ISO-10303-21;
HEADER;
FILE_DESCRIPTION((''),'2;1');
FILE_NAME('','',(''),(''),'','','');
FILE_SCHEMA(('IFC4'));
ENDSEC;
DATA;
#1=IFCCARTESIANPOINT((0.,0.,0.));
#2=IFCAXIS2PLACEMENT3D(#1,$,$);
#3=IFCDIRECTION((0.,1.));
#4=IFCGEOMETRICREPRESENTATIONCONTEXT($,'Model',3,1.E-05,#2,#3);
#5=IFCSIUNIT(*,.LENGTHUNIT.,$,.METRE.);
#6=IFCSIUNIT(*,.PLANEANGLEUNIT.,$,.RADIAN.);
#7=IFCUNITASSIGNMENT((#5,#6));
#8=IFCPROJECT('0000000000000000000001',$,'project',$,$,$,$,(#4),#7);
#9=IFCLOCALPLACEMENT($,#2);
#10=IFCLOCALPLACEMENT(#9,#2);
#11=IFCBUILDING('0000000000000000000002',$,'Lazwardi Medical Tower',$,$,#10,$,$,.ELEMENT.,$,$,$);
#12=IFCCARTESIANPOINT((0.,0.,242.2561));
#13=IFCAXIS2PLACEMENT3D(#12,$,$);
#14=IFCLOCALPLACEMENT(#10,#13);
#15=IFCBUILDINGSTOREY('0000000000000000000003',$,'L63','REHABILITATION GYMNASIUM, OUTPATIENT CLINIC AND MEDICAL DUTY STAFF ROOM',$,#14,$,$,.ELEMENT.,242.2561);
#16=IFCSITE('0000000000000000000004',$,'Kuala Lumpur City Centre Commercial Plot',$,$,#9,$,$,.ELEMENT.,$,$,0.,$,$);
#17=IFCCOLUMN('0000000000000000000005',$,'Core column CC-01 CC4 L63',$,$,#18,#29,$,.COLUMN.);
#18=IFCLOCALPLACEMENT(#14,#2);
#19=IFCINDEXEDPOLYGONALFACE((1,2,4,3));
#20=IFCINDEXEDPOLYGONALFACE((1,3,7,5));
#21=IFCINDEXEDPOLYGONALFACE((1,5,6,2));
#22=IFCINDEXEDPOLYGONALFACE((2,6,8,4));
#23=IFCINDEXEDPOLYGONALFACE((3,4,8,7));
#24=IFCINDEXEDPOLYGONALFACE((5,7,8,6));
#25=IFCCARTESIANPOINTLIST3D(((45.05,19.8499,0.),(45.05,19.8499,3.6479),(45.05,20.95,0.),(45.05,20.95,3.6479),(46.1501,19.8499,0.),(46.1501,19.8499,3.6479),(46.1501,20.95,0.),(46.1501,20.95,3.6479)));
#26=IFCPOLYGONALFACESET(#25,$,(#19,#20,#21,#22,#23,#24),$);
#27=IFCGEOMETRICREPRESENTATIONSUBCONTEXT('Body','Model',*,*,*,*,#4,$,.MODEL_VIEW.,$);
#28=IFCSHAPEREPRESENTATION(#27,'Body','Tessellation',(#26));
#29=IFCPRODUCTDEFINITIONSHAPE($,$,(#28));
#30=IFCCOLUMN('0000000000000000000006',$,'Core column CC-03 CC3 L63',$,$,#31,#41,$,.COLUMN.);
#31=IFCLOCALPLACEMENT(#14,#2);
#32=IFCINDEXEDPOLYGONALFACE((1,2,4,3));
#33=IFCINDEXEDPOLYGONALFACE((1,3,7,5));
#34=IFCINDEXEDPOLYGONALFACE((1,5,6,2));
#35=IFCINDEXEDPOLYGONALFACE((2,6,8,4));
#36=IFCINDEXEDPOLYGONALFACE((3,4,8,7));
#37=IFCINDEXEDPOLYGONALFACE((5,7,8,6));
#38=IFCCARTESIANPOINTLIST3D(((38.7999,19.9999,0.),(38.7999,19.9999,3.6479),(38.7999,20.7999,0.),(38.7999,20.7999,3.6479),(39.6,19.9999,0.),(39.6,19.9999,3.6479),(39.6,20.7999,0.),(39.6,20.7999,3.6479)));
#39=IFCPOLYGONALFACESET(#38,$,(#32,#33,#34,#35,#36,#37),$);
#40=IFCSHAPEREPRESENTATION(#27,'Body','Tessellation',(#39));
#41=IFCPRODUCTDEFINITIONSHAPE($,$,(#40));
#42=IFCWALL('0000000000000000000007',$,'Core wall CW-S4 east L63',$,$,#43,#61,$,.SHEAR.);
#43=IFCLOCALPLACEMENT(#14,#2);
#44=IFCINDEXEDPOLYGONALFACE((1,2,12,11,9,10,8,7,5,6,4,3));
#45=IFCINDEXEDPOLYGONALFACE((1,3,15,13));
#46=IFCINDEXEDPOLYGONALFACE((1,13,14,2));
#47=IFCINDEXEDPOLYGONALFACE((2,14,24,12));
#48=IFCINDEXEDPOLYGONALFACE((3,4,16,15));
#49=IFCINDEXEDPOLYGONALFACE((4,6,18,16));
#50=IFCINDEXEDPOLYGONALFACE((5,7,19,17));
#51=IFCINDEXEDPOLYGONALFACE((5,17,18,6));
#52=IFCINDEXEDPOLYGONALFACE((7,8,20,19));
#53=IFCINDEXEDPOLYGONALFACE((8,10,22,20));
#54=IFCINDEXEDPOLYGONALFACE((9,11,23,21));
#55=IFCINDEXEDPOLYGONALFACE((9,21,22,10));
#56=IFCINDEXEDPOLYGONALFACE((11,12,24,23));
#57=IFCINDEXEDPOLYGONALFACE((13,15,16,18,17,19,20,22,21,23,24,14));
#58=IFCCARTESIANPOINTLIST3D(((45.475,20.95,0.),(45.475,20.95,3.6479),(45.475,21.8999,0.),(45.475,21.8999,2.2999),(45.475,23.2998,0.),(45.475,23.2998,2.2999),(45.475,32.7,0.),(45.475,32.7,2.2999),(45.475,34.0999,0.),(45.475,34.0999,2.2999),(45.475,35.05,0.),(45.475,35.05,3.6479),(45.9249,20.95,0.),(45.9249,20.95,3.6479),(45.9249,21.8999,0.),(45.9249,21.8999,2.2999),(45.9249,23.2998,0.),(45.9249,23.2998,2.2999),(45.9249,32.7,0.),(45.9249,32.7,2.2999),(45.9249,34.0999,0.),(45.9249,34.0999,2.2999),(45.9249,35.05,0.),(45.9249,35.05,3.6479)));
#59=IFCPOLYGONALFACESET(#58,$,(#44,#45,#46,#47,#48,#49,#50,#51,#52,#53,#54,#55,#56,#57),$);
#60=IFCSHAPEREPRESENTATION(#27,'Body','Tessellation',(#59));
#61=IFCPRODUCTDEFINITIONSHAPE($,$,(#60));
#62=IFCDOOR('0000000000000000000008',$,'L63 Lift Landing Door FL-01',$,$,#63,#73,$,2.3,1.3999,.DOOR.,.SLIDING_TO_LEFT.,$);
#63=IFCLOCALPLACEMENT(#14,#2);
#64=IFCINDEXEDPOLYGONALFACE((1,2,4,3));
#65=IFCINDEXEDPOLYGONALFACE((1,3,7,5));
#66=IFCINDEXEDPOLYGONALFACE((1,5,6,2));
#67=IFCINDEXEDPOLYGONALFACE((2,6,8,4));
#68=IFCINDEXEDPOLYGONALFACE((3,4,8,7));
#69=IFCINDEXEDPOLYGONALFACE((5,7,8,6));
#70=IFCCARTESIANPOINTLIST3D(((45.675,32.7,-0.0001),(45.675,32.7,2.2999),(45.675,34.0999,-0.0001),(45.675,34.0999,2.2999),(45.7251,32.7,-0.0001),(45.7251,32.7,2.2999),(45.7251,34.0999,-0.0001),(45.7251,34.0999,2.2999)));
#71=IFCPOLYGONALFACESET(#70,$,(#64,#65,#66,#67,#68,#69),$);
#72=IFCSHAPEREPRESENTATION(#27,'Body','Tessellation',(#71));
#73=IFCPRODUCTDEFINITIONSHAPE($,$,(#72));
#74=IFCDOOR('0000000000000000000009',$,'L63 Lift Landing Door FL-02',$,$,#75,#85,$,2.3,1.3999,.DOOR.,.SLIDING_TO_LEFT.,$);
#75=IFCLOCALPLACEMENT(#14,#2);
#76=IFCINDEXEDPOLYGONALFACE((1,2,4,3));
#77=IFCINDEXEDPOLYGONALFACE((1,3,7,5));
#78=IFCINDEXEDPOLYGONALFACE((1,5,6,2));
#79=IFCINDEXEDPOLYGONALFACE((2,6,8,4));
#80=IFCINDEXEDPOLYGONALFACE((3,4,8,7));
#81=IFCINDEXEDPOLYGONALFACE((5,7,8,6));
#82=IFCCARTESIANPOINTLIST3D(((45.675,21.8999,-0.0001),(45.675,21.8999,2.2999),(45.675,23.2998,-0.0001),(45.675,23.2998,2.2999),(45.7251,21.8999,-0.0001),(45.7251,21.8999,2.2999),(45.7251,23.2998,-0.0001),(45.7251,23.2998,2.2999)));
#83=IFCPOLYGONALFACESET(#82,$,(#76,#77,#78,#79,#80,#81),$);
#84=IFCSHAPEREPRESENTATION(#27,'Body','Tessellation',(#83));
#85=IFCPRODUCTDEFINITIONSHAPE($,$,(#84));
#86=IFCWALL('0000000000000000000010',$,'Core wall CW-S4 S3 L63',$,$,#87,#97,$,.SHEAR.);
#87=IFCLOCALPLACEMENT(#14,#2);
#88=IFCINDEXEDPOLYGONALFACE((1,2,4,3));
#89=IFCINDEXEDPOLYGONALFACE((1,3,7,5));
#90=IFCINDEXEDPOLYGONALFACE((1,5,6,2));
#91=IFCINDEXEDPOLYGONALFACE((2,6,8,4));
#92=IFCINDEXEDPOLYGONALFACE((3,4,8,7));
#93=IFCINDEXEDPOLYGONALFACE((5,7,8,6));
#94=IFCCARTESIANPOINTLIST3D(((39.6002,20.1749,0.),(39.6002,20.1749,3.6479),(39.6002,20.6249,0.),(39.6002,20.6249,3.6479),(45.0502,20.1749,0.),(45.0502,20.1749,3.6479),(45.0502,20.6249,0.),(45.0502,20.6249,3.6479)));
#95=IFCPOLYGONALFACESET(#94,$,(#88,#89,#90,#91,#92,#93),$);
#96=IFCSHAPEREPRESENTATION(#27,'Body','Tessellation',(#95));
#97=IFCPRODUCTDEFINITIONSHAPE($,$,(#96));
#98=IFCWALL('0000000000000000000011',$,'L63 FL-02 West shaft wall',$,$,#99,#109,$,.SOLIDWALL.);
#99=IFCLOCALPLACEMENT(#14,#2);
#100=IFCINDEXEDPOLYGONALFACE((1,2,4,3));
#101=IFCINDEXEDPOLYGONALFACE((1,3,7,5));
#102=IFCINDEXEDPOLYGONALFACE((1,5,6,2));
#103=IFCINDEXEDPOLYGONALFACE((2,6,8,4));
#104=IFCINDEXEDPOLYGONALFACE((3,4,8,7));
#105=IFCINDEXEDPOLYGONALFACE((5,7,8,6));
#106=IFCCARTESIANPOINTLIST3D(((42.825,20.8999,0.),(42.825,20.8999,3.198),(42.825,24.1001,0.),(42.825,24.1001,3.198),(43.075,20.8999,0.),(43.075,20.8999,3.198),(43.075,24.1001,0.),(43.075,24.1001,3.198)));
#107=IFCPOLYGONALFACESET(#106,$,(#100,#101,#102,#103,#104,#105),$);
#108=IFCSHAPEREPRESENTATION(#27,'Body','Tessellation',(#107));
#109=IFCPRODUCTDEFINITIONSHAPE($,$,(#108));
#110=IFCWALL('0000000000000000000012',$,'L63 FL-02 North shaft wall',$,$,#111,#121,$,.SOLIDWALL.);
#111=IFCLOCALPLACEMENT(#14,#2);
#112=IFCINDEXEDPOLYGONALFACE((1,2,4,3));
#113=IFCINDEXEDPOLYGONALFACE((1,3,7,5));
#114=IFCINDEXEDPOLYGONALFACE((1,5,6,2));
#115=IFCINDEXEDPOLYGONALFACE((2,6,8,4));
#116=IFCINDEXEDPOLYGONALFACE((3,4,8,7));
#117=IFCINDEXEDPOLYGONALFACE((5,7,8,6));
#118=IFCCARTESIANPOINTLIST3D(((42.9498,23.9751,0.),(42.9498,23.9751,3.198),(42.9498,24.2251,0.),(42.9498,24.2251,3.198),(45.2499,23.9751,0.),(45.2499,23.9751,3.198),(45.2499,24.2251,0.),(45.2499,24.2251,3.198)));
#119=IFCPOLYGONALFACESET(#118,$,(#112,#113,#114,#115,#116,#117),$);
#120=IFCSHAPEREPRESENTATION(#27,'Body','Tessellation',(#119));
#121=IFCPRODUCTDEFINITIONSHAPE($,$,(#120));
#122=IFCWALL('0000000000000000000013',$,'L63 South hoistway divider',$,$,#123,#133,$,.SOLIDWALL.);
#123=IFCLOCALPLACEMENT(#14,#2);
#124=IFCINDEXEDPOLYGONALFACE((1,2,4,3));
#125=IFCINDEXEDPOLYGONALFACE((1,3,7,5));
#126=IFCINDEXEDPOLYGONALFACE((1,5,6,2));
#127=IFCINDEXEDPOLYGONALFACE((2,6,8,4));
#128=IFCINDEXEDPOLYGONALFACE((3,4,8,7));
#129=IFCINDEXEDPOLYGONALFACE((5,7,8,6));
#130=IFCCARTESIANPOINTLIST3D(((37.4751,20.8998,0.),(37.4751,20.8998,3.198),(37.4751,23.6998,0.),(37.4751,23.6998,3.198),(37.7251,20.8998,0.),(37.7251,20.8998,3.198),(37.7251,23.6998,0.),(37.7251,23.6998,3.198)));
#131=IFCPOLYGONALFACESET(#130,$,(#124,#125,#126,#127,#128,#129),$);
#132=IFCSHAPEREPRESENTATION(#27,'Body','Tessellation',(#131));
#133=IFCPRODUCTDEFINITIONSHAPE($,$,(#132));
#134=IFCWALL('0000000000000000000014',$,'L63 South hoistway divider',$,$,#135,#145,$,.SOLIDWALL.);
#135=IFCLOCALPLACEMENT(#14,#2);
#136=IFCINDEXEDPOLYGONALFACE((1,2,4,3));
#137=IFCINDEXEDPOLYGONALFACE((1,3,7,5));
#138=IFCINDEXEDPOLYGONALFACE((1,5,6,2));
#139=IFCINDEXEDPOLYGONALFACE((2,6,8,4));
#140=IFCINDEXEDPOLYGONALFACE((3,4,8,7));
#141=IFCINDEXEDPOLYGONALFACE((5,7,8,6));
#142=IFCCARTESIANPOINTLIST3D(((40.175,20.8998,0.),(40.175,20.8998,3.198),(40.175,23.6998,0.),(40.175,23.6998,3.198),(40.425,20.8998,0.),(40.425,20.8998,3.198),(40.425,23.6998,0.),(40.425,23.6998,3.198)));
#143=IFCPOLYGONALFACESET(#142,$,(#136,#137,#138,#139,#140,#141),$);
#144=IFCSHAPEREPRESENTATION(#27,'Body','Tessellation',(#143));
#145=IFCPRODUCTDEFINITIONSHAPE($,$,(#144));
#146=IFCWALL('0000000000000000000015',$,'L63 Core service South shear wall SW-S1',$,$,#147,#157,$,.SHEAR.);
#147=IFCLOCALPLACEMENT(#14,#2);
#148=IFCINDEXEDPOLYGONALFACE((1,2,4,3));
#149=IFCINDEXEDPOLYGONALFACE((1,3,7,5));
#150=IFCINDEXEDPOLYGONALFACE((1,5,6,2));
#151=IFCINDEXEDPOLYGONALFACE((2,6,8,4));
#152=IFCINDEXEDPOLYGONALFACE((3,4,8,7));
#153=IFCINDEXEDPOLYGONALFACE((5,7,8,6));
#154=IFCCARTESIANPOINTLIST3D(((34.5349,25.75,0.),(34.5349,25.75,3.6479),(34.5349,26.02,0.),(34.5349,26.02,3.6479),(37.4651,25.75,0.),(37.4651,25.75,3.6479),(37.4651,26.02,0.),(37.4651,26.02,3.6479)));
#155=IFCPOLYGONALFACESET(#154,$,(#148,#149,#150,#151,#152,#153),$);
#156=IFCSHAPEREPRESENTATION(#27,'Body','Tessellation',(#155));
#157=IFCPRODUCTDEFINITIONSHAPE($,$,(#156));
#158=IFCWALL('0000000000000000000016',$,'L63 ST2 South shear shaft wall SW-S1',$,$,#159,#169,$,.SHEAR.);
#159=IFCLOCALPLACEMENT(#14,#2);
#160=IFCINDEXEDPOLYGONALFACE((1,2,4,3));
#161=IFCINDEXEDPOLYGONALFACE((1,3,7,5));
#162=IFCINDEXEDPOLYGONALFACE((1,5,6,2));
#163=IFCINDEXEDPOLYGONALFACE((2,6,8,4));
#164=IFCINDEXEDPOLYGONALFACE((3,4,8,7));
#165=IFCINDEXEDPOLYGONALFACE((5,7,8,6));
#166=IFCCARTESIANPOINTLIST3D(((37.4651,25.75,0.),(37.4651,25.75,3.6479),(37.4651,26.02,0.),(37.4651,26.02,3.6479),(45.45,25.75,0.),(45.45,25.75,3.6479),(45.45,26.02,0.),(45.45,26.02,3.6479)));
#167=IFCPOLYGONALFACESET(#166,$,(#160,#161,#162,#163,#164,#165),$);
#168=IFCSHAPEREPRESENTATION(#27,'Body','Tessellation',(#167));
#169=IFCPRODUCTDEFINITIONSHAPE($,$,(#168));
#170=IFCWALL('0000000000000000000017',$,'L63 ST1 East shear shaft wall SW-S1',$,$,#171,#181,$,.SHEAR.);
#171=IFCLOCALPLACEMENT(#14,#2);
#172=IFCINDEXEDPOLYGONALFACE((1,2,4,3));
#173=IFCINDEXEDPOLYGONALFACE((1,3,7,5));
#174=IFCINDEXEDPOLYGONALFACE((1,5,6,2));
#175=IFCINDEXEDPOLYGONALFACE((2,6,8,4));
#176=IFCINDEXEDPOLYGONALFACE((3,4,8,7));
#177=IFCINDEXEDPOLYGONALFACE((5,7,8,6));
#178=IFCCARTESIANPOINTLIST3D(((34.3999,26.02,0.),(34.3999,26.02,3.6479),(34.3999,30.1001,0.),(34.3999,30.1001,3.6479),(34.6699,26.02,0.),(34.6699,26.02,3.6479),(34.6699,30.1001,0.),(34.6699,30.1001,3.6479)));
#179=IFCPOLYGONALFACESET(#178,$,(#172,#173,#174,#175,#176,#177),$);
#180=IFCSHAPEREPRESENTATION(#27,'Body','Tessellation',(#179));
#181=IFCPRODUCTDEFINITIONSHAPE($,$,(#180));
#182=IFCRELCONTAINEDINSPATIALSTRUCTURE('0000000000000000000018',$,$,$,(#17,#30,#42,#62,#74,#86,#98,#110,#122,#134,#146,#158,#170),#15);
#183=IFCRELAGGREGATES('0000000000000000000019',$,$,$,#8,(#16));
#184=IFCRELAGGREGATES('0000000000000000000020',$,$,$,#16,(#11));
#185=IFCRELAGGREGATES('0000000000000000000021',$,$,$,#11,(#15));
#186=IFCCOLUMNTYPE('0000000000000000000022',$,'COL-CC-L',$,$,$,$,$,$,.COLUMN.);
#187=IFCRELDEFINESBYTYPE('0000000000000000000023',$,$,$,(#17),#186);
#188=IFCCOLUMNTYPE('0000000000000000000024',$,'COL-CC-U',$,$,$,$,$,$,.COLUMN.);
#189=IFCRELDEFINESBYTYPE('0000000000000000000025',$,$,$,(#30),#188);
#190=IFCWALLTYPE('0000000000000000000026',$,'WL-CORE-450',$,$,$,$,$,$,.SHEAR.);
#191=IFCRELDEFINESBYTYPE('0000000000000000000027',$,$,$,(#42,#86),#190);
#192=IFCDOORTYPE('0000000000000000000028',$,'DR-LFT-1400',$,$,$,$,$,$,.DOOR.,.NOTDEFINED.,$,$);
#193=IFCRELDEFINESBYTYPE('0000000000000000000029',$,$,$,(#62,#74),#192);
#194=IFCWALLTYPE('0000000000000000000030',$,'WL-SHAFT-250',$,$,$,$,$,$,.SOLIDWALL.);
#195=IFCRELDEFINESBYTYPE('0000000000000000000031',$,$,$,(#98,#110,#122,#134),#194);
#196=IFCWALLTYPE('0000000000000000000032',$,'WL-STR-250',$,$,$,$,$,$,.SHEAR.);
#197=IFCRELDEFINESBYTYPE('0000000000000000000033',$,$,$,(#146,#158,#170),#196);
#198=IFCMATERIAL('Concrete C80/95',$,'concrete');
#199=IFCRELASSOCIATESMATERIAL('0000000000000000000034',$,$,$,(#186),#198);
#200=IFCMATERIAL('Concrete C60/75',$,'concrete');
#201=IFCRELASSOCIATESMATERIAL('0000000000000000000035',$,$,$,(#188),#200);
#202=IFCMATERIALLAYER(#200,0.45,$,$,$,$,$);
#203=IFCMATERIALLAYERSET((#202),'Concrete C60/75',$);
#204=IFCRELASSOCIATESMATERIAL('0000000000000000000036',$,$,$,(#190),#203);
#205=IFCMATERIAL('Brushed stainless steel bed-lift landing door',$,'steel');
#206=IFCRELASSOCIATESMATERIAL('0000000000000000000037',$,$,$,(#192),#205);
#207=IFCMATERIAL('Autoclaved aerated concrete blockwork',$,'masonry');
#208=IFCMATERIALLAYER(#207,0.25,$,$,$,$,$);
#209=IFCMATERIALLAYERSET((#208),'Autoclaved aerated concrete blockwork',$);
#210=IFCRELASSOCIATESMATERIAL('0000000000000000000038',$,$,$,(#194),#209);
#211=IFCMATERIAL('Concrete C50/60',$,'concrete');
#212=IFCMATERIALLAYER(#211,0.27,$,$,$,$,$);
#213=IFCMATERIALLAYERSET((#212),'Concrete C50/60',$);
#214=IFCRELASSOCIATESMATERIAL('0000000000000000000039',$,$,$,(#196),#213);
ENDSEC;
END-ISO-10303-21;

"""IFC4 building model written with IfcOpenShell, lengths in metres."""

from ifc_helpers import new_model, si_unit, direction, frame, frame_2d, origin, origin_2d, place, context, subcontext, project, spatial, rectangle, extrude, material, layer, layer_set, material_profile, profile_set, type_object, element, fill, save


model = new_model("IFC4")

# Units and contexts
model_context = context("Model", 3, precision=1e-05, world=origin(), true_north=direction((0.0, 1.0)))
body_context = subcontext(model_context, "Body", "Model", "MODEL_VIEW")
ifc_project = project(units=[si_unit("LENGTHUNIT", "METRE"), si_unit("PLANEANGLEUNIT", "RADIAN")], contexts=[model_context])

# Site, building, storey
site_placement = place(None, origin())
site = spatial("IfcSite", under=ifc_project, at=site_placement, Name="Kuala Lumpur City Centre Commercial Plot", CompositionType="ELEMENT", RefElevation=0.0)
building_placement = place(site_placement, origin())
building = spatial("IfcBuilding", under=site, at=building_placement, Name="Lazwardi Medical Tower", CompositionType="ELEMENT")
storey_placement = place(building_placement, frame((0.0, 0.0, 242.2561)))
storey = spatial("IfcBuildingStorey", under=building, at=storey_placement, Name="L63", Description="REHABILITATION GYMNASIUM, OUTPATIENT CLINIC AND MEDICAL DUTY STAFF ROOM", CompositionType="ELEMENT", Elevation=242.2561)

# Columns
ifc_material_1 = material(Name="Concrete C80/95", Category="concrete")
ifc_material_profile_1 = material_profile(ifc_material_1, rectangle(XDim=1.1001, YDim=1.1001, at=origin_2d()), Name="RC 1100x1100")
ifc_profile_set_1 = profile_set([ifc_material_profile_1], Name="Concrete C80/95")
column_type_1 = type_object("IfcColumnType", Name="COL-CC-L", PredefinedType="COLUMN", material=ifc_profile_set_1)
column_1_placement = place(storey_placement, frame((45.6001, 20.3999, 0.0), z_axis=(0.0, 0.0, 1.0), x_axis=(1.0, 0.0, 0.0)))
element("IfcColumn", 1, at=column_1_placement, inside=storey, type_object=column_type_1, Name="Core column CC-01 CC4 L63", PredefinedType="COLUMN", context=body_context, shape_type="SweptSolid", body=[
    extrude(rectangle(XDim=1.1001, YDim=1.1001, at=origin_2d()), origin(), (0.0, 0.0, 1.0), 3.6479),
])
ifc_material_2 = material(Name="Concrete C60/75", Category="concrete")
ifc_material_profile_2 = material_profile(ifc_material_2, rectangle(XDim=0.8, YDim=0.8, at=origin_2d()), Name="RC 800x800")
ifc_profile_set_2 = profile_set([ifc_material_profile_2], Name="Concrete C60/75")
column_type_2 = type_object("IfcColumnType", Name="COL-CC-U", PredefinedType="COLUMN", material=ifc_profile_set_2)
column_2_placement = place(storey_placement, frame((39.2, 20.3999, 0.0), z_axis=(0.0, 0.0, 1.0), x_axis=(1.0, 0.0, 0.0)))
element("IfcColumn", 2, at=column_2_placement, inside=storey, type_object=column_type_2, Name="Core column CC-03 CC3 L63", PredefinedType="COLUMN", context=body_context, shape_type="SweptSolid", body=[
    extrude(rectangle(XDim=0.8, YDim=0.8, at=origin_2d()), origin(), (0.0, 0.0, 1.0), 3.6479),
])

# Wall, openings, doors
ifc_layer_1 = layer(ifc_material_2, 0.45)
ifc_layer_set_1 = layer_set([ifc_layer_1], Name="Concrete C60/75")
wall_type_1 = type_object("IfcWallType", Name="WL-CORE-450", PredefinedType="SHEAR", material=ifc_layer_set_1)
wall_1_placement = place(storey_placement, frame((45.7, 20.95, 0.0), z_axis=(0.0, 0.0, 1.0), x_axis=(0.0, 1.0, 0.0)))
wall_1 = element("IfcWall", 3, at=wall_1_placement, inside=storey, type_object=wall_type_1, Name="Core wall CW-S4 east L63", PredefinedType="SHEAR", context=body_context, shape_type="SweptSolid", body=[
    extrude(rectangle(XDim=14.1001, YDim=0.45, at=frame_2d((7.05, 0.0))), origin(), (0.0, 0.0, 1.0), 3.6479),
])
opening_1_placement = place(wall_1_placement, frame((11.75, 0.0, 0.0)))
opening_1 = element("IfcOpeningElement", 4, at=opening_1_placement, cuts=wall_1, PredefinedType="OPENING", context=body_context, shape_type="SweptSolid", body=[
    extrude(rectangle(XDim=1.3999, YDim=2.3, at=frame_2d((0.7, 1.1499))), frame((0.0, 0.2349, 0.0), z_axis=(0.0, -1.0, 0.0), x_axis=(1.0, 0.0, 0.0)), (0.0, 0.0, 1.0), 0.47),
])
opening_2_placement = place(wall_1_placement, frame((0.95, 0.0, 0.0)))
opening_2 = element("IfcOpeningElement", 5, at=opening_2_placement, cuts=wall_1, PredefinedType="OPENING", context=body_context, shape_type="SweptSolid", body=[
    extrude(rectangle(XDim=1.3999, YDim=2.3, at=frame_2d((0.7, 1.1499))), frame((0.0, 0.2349, 0.0), z_axis=(0.0, -1.0, 0.0), x_axis=(1.0, 0.0, 0.0)), (0.0, 0.0, 1.0), 0.47),
])
ifc_material_3 = material(Name="Brushed stainless steel bed-lift landing door", Category="steel")
door_type = type_object("IfcDoorType", Name="DR-LFT-1400", OperationType="NOTDEFINED", PredefinedType="DOOR", material=ifc_material_3)
door_1_placement = place(opening_1_placement, origin())
door_1 = element("IfcDoor", 6, at=door_1_placement, inside=storey, type_object=door_type, Name="L63 Lift Landing Door FL-01", OperationType="SLIDING_TO_LEFT", OverallHeight=2.3, OverallWidth=1.3999, PredefinedType="DOOR", context=body_context, shape_type="SweptSolid", body=[
    extrude(rectangle(XDim=1.3999, YDim=2.3, at=frame_2d((0.7, 1.1499))), frame((0.0, 0.0249, 0.0), z_axis=(0.0, -1.0, 0.0), x_axis=(1.0, 0.0, 0.0)), (0.0, 0.0, 1.0), 0.05),
])
fill(opening_1, door_1)
door_2_placement = place(opening_2_placement, origin())
door_2 = element("IfcDoor", 7, at=door_2_placement, inside=storey, type_object=door_type, Name="L63 Lift Landing Door FL-02", OperationType="SLIDING_TO_LEFT", OverallHeight=2.3, OverallWidth=1.3999, PredefinedType="DOOR", context=body_context, shape_type="SweptSolid", body=[
    extrude(rectangle(XDim=1.3999, YDim=2.3, at=frame_2d((0.7, 1.1499))), frame((0.0, 0.0249, 0.0), z_axis=(0.0, -1.0, 0.0), x_axis=(1.0, 0.0, 0.0)), (0.0, 0.0, 1.0), 0.05),
])
fill(opening_2, door_2)

# Walls
wall_2_placement = place(storey_placement, frame((39.6001, 20.3999, 0.0), z_axis=(0.0, 0.0, 1.0), x_axis=(1.0, 0.0, 0.0)))
element("IfcWall", 8, at=wall_2_placement, inside=storey, type_object=wall_type_1, Name="Core wall CW-S4 S3 L63", PredefinedType="SHEAR", context=body_context, shape_type="SweptSolid", body=[
    extrude(rectangle(XDim=5.45, YDim=0.45, at=frame_2d((2.7251, 0.0))), origin(), (0.0, 0.0, 1.0), 3.6479),
])
ifc_material_4 = material(Name="Autoclaved aerated concrete blockwork", Category="masonry")
ifc_layer_2 = layer(ifc_material_4, 0.25)
ifc_layer_set_2 = layer_set([ifc_layer_2], Name="Autoclaved aerated concrete blockwork")
wall_type_2 = type_object("IfcWallType", Name="WL-SHAFT-250", PredefinedType="SOLIDWALL", material=ifc_layer_set_2)
wall_3_placement = place(storey_placement, frame((42.95, 20.8999, 0.0), z_axis=(0.0, 0.0, 1.0), x_axis=(0.0, 1.0, 0.0)))
element("IfcWall", 9, at=wall_3_placement, inside=storey, type_object=wall_type_2, Name="L63 FL-02 West shaft wall", PredefinedType="SOLIDWALL", context=body_context, shape_type="SweptSolid", body=[
    extrude(rectangle(XDim=3.2002, YDim=0.25, at=frame_2d((1.6001, 0.0))), origin(), (0.0, 0.0, 1.0), 3.198),
])
wall_4_placement = place(storey_placement, frame((42.95, 24.1001, 0.0), z_axis=(0.0, 0.0, 1.0), x_axis=(1.0, 0.0, 0.0)))
element("IfcWall", 10, at=wall_4_placement, inside=storey, type_object=wall_type_2, Name="L63 FL-02 North shaft wall", PredefinedType="SOLIDWALL", context=body_context, shape_type="SweptSolid", body=[
    extrude(rectangle(XDim=2.3, YDim=0.25, at=frame_2d((1.1499, 0.0))), origin(), (0.0, 0.0, 1.0), 3.198),
])
for number, where, z_axis, x_axis, name in (
    (11, (37.6001, 20.8999, 0.0), (0.0, 0.0, 1.0), (0.0, 1.0, 0.0), "L63 South hoistway divider"),
    (12, (40.3, 20.8999, 0.0), (0.0, 0.0, 1.0), (0.0, 1.0, 0.0), "L63 South hoistway divider"),
):
    element("IfcWall", number, at=place(storey_placement, frame(where, z_axis=z_axis, x_axis=x_axis)), inside=storey, type_object=wall_type_2, Name=name, PredefinedType="SOLIDWALL", context=body_context, shape_type="SweptSolid", body=[
        extrude(rectangle(XDim=2.8, YDim=0.25, at=frame_2d((1.3999, 0.0))), origin(), (0.0, 0.0, 1.0), 3.198),
    ])
ifc_material_5 = material(Name="Concrete C50/60", Category="concrete")
ifc_layer_3 = layer(ifc_material_5, 0.27)
ifc_layer_set_3 = layer_set([ifc_layer_3], Name="Concrete C50/60")
wall_type_3 = type_object("IfcWallType", Name="WL-STR-250", PredefinedType="SHEAR", material=ifc_layer_set_3)
wall_5_placement = place(storey_placement, frame((34.5349, 25.885, 0.0), z_axis=(0.0, 0.0, 1.0), x_axis=(1.0, 0.0, 0.0)))
element("IfcWall", 13, at=wall_5_placement, inside=storey, type_object=wall_type_3, Name="L63 Core service South shear wall SW-S1", PredefinedType="SHEAR", context=body_context, shape_type="SweptSolid", body=[
    extrude(rectangle(XDim=2.9302, YDim=0.27, at=frame_2d((1.4651, 0.0))), origin(), (0.0, 0.0, 1.0), 3.6479),
])
wall_6_placement = place(storey_placement, frame((37.4651, 25.885, 0.0), z_axis=(0.0, 0.0, 1.0), x_axis=(1.0, 0.0, 0.0)))
element("IfcWall", 14, at=wall_6_placement, inside=storey, type_object=wall_type_3, Name="L63 ST2 South shear shaft wall SW-S1", PredefinedType="SHEAR", context=body_context, shape_type="SweptSolid", body=[
    extrude(rectangle(XDim=7.9849, YDim=0.27, at=frame_2d((3.9924, 0.0))), origin(), (0.0, 0.0, 1.0), 3.6479),
])
for number, where, z_axis, x_axis, name in (
    (15, (34.5349, 26.02, 0.0), (0.0, 0.0, 1.0), (0.0, 1.0, 0.0), "L63 ST1 East shear shaft wall SW-S1"),
):
    element("IfcWall", number, at=place(storey_placement, frame(where, z_axis=z_axis, x_axis=x_axis)), inside=storey, type_object=wall_type_3, Name=name, PredefinedType="SHEAR", context=body_context, shape_type="SweptSolid", body=[
        extrude(rectangle(XDim=4.0801, YDim=0.27, at=frame_2d((2.04, 0.0))), origin(), (0.0, 0.0, 1.0), 3.6479),
    ])

save(model, "model.ifc")
